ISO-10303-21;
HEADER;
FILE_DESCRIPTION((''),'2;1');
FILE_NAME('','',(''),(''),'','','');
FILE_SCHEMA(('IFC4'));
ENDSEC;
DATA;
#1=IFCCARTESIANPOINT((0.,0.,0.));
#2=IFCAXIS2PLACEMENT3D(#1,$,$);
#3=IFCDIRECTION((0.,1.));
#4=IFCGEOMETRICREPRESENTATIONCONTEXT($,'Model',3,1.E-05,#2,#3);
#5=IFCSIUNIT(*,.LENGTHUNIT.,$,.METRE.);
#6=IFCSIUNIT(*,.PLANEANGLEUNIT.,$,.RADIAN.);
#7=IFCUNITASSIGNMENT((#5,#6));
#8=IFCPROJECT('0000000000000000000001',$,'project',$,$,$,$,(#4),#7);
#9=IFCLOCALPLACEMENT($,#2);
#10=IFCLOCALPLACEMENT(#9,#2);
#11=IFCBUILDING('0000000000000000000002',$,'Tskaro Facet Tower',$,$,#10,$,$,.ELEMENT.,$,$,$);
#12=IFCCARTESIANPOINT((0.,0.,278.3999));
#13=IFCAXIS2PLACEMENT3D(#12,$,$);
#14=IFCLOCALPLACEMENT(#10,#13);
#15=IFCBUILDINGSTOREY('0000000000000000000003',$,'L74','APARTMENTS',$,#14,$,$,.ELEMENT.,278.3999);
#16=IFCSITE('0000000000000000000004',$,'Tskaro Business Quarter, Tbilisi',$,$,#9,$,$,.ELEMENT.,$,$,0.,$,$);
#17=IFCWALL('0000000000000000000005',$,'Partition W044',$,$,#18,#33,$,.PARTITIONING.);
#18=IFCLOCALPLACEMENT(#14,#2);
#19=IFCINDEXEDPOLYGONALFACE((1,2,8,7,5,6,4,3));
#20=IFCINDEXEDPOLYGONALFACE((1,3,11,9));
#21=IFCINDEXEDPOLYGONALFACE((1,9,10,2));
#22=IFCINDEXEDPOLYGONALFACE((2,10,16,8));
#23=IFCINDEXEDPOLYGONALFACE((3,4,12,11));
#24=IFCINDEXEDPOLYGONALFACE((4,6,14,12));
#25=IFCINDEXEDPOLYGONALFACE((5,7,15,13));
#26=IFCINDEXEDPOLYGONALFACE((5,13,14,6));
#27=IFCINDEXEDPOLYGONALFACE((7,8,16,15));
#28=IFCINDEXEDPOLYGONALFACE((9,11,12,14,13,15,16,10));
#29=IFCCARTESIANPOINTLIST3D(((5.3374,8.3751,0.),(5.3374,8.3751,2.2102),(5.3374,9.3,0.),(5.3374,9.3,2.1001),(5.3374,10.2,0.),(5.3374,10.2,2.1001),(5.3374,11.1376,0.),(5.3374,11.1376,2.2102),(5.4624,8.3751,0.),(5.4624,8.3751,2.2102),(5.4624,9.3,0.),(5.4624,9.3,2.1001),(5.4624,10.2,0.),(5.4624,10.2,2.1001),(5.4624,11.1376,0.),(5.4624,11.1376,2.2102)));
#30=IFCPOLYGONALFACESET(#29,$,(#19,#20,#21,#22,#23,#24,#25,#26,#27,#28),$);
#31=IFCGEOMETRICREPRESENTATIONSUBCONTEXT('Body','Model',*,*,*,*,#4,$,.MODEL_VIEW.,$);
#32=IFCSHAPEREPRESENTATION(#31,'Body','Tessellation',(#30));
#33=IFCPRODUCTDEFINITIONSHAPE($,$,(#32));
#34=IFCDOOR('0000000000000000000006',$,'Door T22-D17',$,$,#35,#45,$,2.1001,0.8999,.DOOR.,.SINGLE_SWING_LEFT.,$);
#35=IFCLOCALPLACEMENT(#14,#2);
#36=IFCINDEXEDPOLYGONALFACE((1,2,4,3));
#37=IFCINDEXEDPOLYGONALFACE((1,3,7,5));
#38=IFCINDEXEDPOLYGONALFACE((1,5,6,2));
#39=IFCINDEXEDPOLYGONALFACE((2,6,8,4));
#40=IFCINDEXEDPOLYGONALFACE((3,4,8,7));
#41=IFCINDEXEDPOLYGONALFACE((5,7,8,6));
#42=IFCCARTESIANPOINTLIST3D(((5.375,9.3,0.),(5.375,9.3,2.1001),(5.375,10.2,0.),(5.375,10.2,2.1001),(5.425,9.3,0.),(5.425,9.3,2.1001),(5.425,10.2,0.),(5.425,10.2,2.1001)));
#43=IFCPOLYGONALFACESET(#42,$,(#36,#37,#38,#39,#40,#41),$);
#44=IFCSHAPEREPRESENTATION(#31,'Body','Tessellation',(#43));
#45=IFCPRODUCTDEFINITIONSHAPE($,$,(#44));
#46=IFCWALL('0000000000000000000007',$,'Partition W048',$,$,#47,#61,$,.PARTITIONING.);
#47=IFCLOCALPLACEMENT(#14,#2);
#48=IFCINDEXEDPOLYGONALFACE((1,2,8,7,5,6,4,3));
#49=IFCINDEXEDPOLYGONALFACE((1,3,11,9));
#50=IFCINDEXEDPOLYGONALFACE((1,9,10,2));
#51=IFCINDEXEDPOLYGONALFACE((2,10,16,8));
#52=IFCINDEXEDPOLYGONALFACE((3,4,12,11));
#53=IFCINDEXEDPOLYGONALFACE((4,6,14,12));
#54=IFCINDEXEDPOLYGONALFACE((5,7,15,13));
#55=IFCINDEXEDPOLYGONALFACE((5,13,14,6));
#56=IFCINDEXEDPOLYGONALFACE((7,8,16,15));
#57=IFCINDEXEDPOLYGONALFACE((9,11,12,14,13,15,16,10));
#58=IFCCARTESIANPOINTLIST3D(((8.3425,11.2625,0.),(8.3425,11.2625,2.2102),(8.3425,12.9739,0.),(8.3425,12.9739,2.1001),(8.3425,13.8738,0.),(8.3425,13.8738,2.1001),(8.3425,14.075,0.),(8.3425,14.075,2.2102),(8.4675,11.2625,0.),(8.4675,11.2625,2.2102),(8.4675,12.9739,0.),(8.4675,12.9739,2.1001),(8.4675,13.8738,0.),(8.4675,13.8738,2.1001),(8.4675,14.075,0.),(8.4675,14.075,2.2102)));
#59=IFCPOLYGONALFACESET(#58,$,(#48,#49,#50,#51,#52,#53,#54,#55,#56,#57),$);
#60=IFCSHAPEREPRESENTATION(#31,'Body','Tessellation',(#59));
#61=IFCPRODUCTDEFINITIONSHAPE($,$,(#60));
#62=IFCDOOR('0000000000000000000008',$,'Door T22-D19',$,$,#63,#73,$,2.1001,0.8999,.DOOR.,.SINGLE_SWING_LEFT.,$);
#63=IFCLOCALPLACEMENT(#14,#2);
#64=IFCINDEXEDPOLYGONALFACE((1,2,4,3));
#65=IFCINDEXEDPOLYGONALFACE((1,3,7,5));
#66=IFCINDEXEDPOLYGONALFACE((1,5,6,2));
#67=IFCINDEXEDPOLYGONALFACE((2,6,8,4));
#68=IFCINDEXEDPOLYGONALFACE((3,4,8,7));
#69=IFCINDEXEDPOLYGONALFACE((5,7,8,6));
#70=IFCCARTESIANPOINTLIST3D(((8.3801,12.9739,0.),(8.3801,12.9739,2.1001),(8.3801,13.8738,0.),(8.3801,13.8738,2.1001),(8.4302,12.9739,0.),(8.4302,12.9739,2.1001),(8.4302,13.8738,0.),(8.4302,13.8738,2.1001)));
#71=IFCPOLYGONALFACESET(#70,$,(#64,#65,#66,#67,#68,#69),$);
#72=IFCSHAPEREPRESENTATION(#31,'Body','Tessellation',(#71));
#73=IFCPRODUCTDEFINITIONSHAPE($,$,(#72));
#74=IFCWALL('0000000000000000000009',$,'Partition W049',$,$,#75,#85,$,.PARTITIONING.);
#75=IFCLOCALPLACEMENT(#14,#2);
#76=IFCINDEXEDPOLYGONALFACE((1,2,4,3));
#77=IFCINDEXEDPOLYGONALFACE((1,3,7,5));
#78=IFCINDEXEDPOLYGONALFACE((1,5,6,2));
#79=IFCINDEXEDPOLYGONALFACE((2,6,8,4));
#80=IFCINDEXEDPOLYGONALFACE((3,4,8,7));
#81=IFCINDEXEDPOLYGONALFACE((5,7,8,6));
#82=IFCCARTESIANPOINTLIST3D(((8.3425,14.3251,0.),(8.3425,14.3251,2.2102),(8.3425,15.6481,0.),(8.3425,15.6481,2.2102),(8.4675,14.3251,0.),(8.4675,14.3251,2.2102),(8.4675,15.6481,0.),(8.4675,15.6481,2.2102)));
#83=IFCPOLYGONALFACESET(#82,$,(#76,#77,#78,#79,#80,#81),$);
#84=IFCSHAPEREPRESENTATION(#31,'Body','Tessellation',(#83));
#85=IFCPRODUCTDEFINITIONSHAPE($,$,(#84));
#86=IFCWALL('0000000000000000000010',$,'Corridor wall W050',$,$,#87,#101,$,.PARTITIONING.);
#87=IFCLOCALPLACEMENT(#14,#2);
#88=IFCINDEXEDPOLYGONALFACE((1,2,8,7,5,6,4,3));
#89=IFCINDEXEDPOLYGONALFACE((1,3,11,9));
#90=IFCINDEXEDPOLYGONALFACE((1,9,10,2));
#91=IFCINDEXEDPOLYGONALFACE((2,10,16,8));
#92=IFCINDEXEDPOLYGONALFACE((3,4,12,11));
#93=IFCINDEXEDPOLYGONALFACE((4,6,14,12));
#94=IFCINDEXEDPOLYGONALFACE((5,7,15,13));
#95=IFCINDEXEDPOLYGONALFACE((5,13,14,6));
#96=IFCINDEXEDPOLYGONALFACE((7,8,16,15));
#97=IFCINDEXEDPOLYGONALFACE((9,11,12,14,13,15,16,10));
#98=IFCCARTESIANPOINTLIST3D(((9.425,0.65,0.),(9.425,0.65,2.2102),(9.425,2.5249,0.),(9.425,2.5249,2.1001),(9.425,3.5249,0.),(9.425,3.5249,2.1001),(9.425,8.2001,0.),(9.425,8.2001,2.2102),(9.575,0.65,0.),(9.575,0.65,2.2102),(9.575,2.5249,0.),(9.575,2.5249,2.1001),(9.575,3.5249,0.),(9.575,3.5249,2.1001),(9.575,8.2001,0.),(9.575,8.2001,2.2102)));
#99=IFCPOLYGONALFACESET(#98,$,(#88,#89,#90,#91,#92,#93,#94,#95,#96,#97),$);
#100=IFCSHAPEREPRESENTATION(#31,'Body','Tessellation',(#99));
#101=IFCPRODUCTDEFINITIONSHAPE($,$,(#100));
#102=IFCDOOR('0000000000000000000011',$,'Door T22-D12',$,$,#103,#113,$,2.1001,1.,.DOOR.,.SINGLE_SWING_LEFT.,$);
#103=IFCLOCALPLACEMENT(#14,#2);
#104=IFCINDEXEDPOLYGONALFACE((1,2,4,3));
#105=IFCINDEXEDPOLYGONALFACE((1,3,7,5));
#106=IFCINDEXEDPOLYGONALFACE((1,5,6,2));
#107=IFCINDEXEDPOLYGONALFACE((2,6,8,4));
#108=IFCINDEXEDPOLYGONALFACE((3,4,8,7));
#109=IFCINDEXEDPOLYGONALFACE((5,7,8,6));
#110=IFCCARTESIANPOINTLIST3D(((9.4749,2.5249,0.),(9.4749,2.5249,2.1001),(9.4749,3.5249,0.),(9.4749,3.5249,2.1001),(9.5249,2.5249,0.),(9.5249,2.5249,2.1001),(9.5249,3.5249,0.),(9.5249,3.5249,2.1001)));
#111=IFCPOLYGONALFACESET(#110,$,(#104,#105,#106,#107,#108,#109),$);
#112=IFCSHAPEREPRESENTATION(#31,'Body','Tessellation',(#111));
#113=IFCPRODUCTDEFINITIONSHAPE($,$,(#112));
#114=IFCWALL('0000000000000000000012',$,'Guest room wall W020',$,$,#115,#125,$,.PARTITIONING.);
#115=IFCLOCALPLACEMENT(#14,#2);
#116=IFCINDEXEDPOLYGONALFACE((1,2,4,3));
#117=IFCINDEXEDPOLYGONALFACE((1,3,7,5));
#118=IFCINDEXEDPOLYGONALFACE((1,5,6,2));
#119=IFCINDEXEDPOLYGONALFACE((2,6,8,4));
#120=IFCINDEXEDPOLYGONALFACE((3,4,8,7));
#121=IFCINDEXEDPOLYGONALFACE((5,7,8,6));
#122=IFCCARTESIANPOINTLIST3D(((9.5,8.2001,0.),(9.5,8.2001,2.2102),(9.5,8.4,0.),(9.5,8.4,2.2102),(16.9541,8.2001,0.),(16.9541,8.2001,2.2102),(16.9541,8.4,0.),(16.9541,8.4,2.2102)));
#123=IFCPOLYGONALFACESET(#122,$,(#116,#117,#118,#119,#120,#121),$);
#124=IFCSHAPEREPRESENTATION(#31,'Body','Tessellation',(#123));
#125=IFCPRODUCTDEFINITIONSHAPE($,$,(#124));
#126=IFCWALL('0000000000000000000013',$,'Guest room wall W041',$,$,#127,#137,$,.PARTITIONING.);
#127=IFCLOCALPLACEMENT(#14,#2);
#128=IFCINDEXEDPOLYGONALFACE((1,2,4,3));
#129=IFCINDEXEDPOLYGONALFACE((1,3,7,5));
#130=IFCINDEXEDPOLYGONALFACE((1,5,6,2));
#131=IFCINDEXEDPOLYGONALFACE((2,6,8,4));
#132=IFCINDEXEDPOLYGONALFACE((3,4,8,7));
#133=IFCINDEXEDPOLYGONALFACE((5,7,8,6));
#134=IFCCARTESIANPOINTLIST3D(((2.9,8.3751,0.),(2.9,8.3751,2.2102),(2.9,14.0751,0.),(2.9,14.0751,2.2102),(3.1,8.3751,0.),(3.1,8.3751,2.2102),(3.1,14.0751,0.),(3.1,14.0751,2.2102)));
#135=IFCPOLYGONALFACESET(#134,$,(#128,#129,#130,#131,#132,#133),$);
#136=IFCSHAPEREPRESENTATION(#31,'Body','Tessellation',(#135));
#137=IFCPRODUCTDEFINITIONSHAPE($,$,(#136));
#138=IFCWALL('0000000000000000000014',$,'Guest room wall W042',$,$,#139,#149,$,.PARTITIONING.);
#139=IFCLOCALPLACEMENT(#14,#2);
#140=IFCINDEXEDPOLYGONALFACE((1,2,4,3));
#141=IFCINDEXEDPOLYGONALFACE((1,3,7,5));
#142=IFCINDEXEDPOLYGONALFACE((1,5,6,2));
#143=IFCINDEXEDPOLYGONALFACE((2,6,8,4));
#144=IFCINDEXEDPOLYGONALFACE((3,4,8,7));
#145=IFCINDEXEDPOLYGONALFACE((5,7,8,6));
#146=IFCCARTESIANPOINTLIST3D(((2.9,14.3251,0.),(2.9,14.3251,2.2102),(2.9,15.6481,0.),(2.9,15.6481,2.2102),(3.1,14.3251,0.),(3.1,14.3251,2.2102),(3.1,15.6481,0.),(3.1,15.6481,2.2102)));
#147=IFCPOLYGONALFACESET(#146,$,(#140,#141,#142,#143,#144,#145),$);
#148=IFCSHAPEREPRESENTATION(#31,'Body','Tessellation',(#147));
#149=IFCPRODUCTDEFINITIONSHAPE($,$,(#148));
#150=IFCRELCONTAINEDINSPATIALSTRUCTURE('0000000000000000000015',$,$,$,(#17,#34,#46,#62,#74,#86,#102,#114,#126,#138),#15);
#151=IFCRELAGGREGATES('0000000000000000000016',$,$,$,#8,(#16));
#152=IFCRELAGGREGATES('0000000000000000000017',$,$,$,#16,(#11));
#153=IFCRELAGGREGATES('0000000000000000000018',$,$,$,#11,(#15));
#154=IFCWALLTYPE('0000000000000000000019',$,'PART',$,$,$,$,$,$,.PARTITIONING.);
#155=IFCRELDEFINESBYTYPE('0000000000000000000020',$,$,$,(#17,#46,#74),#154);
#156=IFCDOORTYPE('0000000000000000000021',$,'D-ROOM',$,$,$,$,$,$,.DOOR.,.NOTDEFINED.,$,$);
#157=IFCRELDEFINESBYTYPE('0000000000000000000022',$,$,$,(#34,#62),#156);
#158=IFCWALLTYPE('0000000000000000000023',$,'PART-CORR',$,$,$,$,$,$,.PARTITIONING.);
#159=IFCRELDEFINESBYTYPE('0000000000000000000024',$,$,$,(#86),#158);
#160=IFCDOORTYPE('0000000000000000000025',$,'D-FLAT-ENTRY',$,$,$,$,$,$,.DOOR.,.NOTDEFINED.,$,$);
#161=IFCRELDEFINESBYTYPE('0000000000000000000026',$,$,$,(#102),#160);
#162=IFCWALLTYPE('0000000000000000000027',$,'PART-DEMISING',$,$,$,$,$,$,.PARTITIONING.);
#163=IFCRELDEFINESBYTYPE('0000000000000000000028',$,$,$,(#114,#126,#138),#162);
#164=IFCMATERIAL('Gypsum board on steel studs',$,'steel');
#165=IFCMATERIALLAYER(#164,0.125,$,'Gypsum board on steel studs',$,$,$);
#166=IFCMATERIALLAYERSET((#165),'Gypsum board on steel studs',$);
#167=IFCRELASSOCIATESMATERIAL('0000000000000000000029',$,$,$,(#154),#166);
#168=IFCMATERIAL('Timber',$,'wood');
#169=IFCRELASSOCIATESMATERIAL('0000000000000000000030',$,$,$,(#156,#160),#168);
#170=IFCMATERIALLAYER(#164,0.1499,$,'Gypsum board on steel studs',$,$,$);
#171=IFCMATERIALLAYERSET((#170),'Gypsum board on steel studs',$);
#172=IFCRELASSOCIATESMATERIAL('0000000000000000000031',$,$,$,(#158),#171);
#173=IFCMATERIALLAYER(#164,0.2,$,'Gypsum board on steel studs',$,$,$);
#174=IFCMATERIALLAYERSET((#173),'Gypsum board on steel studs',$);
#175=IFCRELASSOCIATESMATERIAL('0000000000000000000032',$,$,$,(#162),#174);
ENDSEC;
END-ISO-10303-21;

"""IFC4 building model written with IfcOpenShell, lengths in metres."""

from ifc_helpers import new_model, si_unit, direction, frame, frame_2d, origin, place, context, subcontext, project, spatial, rectangle, extrude, material, layer, layer_set, type_object, element, fill, save


model = new_model("IFC4")

# Units and contexts
model_context = context("Model", 3, precision=1e-05, world=origin(), true_north=direction((0.0, 1.0)))
body_context = subcontext(model_context, "Body", "Model", "MODEL_VIEW")
ifc_project = project(units=[si_unit("LENGTHUNIT", "METRE"), si_unit("PLANEANGLEUNIT", "RADIAN")], contexts=[model_context])

# Site, building, storey
site_placement = place(None, origin())
site = spatial("IfcSite", under=ifc_project, at=site_placement, Name="Tskaro Business Quarter, Tbilisi", CompositionType="ELEMENT", RefElevation=0.0)
building_placement = place(site_placement, origin())
building = spatial("IfcBuilding", under=site, at=building_placement, Name="Tskaro Facet Tower", CompositionType="ELEMENT")
storey_placement = place(building_placement, frame((0.0, 0.0, 278.3999)))
storey = spatial("IfcBuildingStorey", under=building, at=storey_placement, Name="L74", Description="APARTMENTS", CompositionType="ELEMENT", Elevation=278.3999)

# Walls, openings, doors
ifc_material_1 = material(Name="Gypsum board on steel studs", Category="steel")
ifc_layer_1 = layer(ifc_material_1, 0.125, Name="Gypsum board on steel studs")
ifc_layer_set_1 = layer_set([ifc_layer_1], Name="Gypsum board on steel studs")
wall_type_1 = type_object("IfcWallType", Name="PART", PredefinedType="PARTITIONING", material=ifc_layer_set_1)
ifc_material_2 = material(Name="Timber", Category="wood")
door_type_1 = type_object("IfcDoorType", Name="D-ROOM", OperationType="NOTDEFINED", PredefinedType="DOOR", material=ifc_material_2)
wall_1_placement = place(storey_placement, frame((5.3999, 8.375, 0.0), z_axis=(0.0, 0.0, 1.0), x_axis=(0.0, 1.0, 0.0)))
wall_1 = element("IfcWall", 1, at=wall_1_placement, inside=storey, type_object=wall_type_1, Name="Partition W044", PredefinedType="PARTITIONING", context=body_context, shape_type="SweptSolid", body=[
    extrude(rectangle(XDim=2.7625, YDim=0.125, at=frame_2d((1.3813, 0.0))), origin(), (0.0, 0.0, 1.0), 2.2102),
])
opening_1_placement = place(wall_1_placement, frame((0.925, 0.0, 0.0)))
opening_1 = element("IfcOpeningElement", 2, at=opening_1_placement, cuts=wall_1, PredefinedType="OPENING", context=body_context, shape_type="SweptSolid", body=[
    extrude(rectangle(XDim=0.8999, YDim=2.1001, at=frame_2d((0.45, 1.05))), frame((0.0, 0.0725, 0.0), z_axis=(0.0, -1.0, 0.0), x_axis=(1.0, 0.0, 0.0)), (0.0, 0.0, 1.0), 0.145),
])
door_1_placement = place(opening_1_placement, origin())
door_1 = element("IfcDoor", 3, at=door_1_placement, inside=storey, type_object=door_type_1, Name="Door T22-D17", OperationType="SINGLE_SWING_LEFT", OverallHeight=2.1001, OverallWidth=0.8999, PredefinedType="DOOR", context=body_context, shape_type="SweptSolid", body=[
    extrude(rectangle(XDim=0.8999, YDim=2.1001, at=frame_2d((0.45, 1.05))), frame((0.0, 0.0249, 0.0), z_axis=(0.0, -1.0, 0.0), x_axis=(1.0, 0.0, 0.0)), (0.0, 0.0, 1.0), 0.05),
])
fill(opening_1, door_1)
wall_2_placement = place(storey_placement, frame((8.405, 11.2625, 0.0), z_axis=(0.0, 0.0, 1.0), x_axis=(0.0, 1.0, 0.0)))
wall_2 = element("IfcWall", 4, at=wall_2_placement, inside=storey, type_object=wall_type_1, Name="Partition W048", PredefinedType="PARTITIONING", context=body_context, shape_type="SweptSolid", body=[
    extrude(rectangle(XDim=2.8125, YDim=0.125, at=frame_2d((1.4062, 0.0))), origin(), (0.0, 0.0, 1.0), 2.2102),
])
opening_2_placement = place(wall_2_placement, frame((1.7114, 0.0, 0.0)))
opening_2 = element("IfcOpeningElement", 5, at=opening_2_placement, cuts=wall_2, PredefinedType="OPENING", context=body_context, shape_type="SweptSolid", body=[
    extrude(rectangle(XDim=0.8999, YDim=2.1001, at=frame_2d((0.45, 1.05))), frame((0.0, 0.0725, 0.0), z_axis=(0.0, -1.0, 0.0), x_axis=(1.0, 0.0, 0.0)), (0.0, 0.0, 1.0), 0.145),
])
door_2_placement = place(opening_2_placement, origin())
door_2 = element("IfcDoor", 6, at=door_2_placement, inside=storey, type_object=door_type_1, Name="Door T22-D19", OperationType="SINGLE_SWING_LEFT", OverallHeight=2.1001, OverallWidth=0.8999, PredefinedType="DOOR", context=body_context, shape_type="SweptSolid", body=[
    extrude(rectangle(XDim=0.8999, YDim=2.1001, at=frame_2d((0.45, 1.05))), frame((0.0, 0.0249, 0.0), z_axis=(0.0, -1.0, 0.0), x_axis=(1.0, 0.0, 0.0)), (0.0, 0.0, 1.0), 0.05),
])
fill(opening_2, door_2)

# Wall
wall_3_placement = place(storey_placement, frame((8.405, 14.325, 0.0), z_axis=(0.0, 0.0, 1.0), x_axis=(0.0, 1.0, 0.0)))
element("IfcWall", 7, at=wall_3_placement, inside=storey, type_object=wall_type_1, Name="Partition W049", PredefinedType="PARTITIONING", context=body_context, shape_type="SweptSolid", body=[
    extrude(rectangle(XDim=1.323, YDim=0.125, at=frame_2d((0.6616, 0.0))), origin(), (0.0, 0.0, 1.0), 2.2102),
])

# Wall, opening, door
ifc_layer_2 = layer(ifc_material_1, 0.1499, Name="Gypsum board on steel studs")
ifc_layer_set_2 = layer_set([ifc_layer_2], Name="Gypsum board on steel studs")
wall_type_2 = type_object("IfcWallType", Name="PART-CORR", PredefinedType="PARTITIONING", material=ifc_layer_set_2)
wall_4_placement = place(storey_placement, frame((9.5, 8.2, 0.0), z_axis=(0.0, 0.0, 1.0), x_axis=(0.0, -1.0, 0.0)))
wall_4 = element("IfcWall", 8, at=wall_4_placement, inside=storey, type_object=wall_type_2, Name="Corridor wall W050", PredefinedType="PARTITIONING", context=body_context, shape_type="SweptSolid", body=[
    extrude(rectangle(XDim=7.55, YDim=0.1499, at=frame_2d((3.7749, 0.0))), origin(), (0.0, 0.0, 1.0), 2.2102),
])
opening_3_placement = place(wall_4_placement, frame((4.675, 0.0, 0.0)))
opening_3 = element("IfcOpeningElement", 9, at=opening_3_placement, cuts=wall_4, PredefinedType="OPENING", context=body_context, shape_type="SweptSolid", body=[
    extrude(rectangle(XDim=1.0, YDim=2.1001, at=frame_2d((0.5, 1.05))), frame((0.0, 0.085, 0.0), z_axis=(0.0, -1.0, 0.0), x_axis=(1.0, 0.0, 0.0)), (0.0, 0.0, 1.0), 0.1699),
])
door_type_2 = type_object("IfcDoorType", Name="D-FLAT-ENTRY", OperationType="NOTDEFINED", PredefinedType="DOOR", material=ifc_material_2)
door_3_placement = place(opening_3_placement, origin())
door_3 = element("IfcDoor", 10, at=door_3_placement, inside=storey, type_object=door_type_2, Name="Door T22-D12", OperationType="SINGLE_SWING_LEFT", OverallHeight=2.1001, OverallWidth=1.0, PredefinedType="DOOR", context=body_context, shape_type="SweptSolid", body=[
    extrude(rectangle(XDim=1.0, YDim=2.1001, at=frame_2d((0.5, 1.05))), frame((0.0, 0.0249, 0.0), z_axis=(0.0, -1.0, 0.0), x_axis=(1.0, 0.0, 0.0)), (0.0, 0.0, 1.0), 0.05),
])
fill(opening_3, door_3)

# Walls
ifc_layer_3 = layer(ifc_material_1, 0.2, Name="Gypsum board on steel studs")
ifc_layer_set_3 = layer_set([ifc_layer_3], Name="Gypsum board on steel studs")
wall_type_3 = type_object("IfcWallType", Name="PART-DEMISING", PredefinedType="PARTITIONING", material=ifc_layer_set_3)
wall_5_placement = place(storey_placement, frame((9.5, 8.3, 0.0), z_axis=(0.0, 0.0, 1.0), x_axis=(1.0, 0.0, 0.0)))
element("IfcWall", 11, at=wall_5_placement, inside=storey, type_object=wall_type_3, Name="Guest room wall W020", PredefinedType="PARTITIONING", context=body_context, shape_type="SweptSolid", body=[
    extrude(rectangle(XDim=7.4541, YDim=0.2, at=frame_2d((3.7271, 0.0))), origin(), (0.0, 0.0, 1.0), 2.2102),
])
wall_6_placement = place(storey_placement, frame((3.0, 8.375, 0.0), z_axis=(0.0, 0.0, 1.0), x_axis=(0.0, 1.0, 0.0)))
element("IfcWall", 12, at=wall_6_placement, inside=storey, type_object=wall_type_3, Name="Guest room wall W041", PredefinedType="PARTITIONING", context=body_context, shape_type="SweptSolid", body=[
    extrude(rectangle(XDim=5.7, YDim=0.2, at=frame_2d((2.8501, 0.0))), origin(), (0.0, 0.0, 1.0), 2.2102),
])
wall_7_placement = place(storey_placement, frame((3.0, 14.325, 0.0), z_axis=(0.0, 0.0, 1.0), x_axis=(0.0, 1.0, 0.0)))
element("IfcWall", 13, at=wall_7_placement, inside=storey, type_object=wall_type_3, Name="Guest room wall W042", PredefinedType="PARTITIONING", context=body_context, shape_type="SweptSolid", body=[
    extrude(rectangle(XDim=1.323, YDim=0.2, at=frame_2d((0.6616, 0.0))), origin(), (0.0, 0.0, 1.0), 2.2102),
])

save(model, "model.ifc")
